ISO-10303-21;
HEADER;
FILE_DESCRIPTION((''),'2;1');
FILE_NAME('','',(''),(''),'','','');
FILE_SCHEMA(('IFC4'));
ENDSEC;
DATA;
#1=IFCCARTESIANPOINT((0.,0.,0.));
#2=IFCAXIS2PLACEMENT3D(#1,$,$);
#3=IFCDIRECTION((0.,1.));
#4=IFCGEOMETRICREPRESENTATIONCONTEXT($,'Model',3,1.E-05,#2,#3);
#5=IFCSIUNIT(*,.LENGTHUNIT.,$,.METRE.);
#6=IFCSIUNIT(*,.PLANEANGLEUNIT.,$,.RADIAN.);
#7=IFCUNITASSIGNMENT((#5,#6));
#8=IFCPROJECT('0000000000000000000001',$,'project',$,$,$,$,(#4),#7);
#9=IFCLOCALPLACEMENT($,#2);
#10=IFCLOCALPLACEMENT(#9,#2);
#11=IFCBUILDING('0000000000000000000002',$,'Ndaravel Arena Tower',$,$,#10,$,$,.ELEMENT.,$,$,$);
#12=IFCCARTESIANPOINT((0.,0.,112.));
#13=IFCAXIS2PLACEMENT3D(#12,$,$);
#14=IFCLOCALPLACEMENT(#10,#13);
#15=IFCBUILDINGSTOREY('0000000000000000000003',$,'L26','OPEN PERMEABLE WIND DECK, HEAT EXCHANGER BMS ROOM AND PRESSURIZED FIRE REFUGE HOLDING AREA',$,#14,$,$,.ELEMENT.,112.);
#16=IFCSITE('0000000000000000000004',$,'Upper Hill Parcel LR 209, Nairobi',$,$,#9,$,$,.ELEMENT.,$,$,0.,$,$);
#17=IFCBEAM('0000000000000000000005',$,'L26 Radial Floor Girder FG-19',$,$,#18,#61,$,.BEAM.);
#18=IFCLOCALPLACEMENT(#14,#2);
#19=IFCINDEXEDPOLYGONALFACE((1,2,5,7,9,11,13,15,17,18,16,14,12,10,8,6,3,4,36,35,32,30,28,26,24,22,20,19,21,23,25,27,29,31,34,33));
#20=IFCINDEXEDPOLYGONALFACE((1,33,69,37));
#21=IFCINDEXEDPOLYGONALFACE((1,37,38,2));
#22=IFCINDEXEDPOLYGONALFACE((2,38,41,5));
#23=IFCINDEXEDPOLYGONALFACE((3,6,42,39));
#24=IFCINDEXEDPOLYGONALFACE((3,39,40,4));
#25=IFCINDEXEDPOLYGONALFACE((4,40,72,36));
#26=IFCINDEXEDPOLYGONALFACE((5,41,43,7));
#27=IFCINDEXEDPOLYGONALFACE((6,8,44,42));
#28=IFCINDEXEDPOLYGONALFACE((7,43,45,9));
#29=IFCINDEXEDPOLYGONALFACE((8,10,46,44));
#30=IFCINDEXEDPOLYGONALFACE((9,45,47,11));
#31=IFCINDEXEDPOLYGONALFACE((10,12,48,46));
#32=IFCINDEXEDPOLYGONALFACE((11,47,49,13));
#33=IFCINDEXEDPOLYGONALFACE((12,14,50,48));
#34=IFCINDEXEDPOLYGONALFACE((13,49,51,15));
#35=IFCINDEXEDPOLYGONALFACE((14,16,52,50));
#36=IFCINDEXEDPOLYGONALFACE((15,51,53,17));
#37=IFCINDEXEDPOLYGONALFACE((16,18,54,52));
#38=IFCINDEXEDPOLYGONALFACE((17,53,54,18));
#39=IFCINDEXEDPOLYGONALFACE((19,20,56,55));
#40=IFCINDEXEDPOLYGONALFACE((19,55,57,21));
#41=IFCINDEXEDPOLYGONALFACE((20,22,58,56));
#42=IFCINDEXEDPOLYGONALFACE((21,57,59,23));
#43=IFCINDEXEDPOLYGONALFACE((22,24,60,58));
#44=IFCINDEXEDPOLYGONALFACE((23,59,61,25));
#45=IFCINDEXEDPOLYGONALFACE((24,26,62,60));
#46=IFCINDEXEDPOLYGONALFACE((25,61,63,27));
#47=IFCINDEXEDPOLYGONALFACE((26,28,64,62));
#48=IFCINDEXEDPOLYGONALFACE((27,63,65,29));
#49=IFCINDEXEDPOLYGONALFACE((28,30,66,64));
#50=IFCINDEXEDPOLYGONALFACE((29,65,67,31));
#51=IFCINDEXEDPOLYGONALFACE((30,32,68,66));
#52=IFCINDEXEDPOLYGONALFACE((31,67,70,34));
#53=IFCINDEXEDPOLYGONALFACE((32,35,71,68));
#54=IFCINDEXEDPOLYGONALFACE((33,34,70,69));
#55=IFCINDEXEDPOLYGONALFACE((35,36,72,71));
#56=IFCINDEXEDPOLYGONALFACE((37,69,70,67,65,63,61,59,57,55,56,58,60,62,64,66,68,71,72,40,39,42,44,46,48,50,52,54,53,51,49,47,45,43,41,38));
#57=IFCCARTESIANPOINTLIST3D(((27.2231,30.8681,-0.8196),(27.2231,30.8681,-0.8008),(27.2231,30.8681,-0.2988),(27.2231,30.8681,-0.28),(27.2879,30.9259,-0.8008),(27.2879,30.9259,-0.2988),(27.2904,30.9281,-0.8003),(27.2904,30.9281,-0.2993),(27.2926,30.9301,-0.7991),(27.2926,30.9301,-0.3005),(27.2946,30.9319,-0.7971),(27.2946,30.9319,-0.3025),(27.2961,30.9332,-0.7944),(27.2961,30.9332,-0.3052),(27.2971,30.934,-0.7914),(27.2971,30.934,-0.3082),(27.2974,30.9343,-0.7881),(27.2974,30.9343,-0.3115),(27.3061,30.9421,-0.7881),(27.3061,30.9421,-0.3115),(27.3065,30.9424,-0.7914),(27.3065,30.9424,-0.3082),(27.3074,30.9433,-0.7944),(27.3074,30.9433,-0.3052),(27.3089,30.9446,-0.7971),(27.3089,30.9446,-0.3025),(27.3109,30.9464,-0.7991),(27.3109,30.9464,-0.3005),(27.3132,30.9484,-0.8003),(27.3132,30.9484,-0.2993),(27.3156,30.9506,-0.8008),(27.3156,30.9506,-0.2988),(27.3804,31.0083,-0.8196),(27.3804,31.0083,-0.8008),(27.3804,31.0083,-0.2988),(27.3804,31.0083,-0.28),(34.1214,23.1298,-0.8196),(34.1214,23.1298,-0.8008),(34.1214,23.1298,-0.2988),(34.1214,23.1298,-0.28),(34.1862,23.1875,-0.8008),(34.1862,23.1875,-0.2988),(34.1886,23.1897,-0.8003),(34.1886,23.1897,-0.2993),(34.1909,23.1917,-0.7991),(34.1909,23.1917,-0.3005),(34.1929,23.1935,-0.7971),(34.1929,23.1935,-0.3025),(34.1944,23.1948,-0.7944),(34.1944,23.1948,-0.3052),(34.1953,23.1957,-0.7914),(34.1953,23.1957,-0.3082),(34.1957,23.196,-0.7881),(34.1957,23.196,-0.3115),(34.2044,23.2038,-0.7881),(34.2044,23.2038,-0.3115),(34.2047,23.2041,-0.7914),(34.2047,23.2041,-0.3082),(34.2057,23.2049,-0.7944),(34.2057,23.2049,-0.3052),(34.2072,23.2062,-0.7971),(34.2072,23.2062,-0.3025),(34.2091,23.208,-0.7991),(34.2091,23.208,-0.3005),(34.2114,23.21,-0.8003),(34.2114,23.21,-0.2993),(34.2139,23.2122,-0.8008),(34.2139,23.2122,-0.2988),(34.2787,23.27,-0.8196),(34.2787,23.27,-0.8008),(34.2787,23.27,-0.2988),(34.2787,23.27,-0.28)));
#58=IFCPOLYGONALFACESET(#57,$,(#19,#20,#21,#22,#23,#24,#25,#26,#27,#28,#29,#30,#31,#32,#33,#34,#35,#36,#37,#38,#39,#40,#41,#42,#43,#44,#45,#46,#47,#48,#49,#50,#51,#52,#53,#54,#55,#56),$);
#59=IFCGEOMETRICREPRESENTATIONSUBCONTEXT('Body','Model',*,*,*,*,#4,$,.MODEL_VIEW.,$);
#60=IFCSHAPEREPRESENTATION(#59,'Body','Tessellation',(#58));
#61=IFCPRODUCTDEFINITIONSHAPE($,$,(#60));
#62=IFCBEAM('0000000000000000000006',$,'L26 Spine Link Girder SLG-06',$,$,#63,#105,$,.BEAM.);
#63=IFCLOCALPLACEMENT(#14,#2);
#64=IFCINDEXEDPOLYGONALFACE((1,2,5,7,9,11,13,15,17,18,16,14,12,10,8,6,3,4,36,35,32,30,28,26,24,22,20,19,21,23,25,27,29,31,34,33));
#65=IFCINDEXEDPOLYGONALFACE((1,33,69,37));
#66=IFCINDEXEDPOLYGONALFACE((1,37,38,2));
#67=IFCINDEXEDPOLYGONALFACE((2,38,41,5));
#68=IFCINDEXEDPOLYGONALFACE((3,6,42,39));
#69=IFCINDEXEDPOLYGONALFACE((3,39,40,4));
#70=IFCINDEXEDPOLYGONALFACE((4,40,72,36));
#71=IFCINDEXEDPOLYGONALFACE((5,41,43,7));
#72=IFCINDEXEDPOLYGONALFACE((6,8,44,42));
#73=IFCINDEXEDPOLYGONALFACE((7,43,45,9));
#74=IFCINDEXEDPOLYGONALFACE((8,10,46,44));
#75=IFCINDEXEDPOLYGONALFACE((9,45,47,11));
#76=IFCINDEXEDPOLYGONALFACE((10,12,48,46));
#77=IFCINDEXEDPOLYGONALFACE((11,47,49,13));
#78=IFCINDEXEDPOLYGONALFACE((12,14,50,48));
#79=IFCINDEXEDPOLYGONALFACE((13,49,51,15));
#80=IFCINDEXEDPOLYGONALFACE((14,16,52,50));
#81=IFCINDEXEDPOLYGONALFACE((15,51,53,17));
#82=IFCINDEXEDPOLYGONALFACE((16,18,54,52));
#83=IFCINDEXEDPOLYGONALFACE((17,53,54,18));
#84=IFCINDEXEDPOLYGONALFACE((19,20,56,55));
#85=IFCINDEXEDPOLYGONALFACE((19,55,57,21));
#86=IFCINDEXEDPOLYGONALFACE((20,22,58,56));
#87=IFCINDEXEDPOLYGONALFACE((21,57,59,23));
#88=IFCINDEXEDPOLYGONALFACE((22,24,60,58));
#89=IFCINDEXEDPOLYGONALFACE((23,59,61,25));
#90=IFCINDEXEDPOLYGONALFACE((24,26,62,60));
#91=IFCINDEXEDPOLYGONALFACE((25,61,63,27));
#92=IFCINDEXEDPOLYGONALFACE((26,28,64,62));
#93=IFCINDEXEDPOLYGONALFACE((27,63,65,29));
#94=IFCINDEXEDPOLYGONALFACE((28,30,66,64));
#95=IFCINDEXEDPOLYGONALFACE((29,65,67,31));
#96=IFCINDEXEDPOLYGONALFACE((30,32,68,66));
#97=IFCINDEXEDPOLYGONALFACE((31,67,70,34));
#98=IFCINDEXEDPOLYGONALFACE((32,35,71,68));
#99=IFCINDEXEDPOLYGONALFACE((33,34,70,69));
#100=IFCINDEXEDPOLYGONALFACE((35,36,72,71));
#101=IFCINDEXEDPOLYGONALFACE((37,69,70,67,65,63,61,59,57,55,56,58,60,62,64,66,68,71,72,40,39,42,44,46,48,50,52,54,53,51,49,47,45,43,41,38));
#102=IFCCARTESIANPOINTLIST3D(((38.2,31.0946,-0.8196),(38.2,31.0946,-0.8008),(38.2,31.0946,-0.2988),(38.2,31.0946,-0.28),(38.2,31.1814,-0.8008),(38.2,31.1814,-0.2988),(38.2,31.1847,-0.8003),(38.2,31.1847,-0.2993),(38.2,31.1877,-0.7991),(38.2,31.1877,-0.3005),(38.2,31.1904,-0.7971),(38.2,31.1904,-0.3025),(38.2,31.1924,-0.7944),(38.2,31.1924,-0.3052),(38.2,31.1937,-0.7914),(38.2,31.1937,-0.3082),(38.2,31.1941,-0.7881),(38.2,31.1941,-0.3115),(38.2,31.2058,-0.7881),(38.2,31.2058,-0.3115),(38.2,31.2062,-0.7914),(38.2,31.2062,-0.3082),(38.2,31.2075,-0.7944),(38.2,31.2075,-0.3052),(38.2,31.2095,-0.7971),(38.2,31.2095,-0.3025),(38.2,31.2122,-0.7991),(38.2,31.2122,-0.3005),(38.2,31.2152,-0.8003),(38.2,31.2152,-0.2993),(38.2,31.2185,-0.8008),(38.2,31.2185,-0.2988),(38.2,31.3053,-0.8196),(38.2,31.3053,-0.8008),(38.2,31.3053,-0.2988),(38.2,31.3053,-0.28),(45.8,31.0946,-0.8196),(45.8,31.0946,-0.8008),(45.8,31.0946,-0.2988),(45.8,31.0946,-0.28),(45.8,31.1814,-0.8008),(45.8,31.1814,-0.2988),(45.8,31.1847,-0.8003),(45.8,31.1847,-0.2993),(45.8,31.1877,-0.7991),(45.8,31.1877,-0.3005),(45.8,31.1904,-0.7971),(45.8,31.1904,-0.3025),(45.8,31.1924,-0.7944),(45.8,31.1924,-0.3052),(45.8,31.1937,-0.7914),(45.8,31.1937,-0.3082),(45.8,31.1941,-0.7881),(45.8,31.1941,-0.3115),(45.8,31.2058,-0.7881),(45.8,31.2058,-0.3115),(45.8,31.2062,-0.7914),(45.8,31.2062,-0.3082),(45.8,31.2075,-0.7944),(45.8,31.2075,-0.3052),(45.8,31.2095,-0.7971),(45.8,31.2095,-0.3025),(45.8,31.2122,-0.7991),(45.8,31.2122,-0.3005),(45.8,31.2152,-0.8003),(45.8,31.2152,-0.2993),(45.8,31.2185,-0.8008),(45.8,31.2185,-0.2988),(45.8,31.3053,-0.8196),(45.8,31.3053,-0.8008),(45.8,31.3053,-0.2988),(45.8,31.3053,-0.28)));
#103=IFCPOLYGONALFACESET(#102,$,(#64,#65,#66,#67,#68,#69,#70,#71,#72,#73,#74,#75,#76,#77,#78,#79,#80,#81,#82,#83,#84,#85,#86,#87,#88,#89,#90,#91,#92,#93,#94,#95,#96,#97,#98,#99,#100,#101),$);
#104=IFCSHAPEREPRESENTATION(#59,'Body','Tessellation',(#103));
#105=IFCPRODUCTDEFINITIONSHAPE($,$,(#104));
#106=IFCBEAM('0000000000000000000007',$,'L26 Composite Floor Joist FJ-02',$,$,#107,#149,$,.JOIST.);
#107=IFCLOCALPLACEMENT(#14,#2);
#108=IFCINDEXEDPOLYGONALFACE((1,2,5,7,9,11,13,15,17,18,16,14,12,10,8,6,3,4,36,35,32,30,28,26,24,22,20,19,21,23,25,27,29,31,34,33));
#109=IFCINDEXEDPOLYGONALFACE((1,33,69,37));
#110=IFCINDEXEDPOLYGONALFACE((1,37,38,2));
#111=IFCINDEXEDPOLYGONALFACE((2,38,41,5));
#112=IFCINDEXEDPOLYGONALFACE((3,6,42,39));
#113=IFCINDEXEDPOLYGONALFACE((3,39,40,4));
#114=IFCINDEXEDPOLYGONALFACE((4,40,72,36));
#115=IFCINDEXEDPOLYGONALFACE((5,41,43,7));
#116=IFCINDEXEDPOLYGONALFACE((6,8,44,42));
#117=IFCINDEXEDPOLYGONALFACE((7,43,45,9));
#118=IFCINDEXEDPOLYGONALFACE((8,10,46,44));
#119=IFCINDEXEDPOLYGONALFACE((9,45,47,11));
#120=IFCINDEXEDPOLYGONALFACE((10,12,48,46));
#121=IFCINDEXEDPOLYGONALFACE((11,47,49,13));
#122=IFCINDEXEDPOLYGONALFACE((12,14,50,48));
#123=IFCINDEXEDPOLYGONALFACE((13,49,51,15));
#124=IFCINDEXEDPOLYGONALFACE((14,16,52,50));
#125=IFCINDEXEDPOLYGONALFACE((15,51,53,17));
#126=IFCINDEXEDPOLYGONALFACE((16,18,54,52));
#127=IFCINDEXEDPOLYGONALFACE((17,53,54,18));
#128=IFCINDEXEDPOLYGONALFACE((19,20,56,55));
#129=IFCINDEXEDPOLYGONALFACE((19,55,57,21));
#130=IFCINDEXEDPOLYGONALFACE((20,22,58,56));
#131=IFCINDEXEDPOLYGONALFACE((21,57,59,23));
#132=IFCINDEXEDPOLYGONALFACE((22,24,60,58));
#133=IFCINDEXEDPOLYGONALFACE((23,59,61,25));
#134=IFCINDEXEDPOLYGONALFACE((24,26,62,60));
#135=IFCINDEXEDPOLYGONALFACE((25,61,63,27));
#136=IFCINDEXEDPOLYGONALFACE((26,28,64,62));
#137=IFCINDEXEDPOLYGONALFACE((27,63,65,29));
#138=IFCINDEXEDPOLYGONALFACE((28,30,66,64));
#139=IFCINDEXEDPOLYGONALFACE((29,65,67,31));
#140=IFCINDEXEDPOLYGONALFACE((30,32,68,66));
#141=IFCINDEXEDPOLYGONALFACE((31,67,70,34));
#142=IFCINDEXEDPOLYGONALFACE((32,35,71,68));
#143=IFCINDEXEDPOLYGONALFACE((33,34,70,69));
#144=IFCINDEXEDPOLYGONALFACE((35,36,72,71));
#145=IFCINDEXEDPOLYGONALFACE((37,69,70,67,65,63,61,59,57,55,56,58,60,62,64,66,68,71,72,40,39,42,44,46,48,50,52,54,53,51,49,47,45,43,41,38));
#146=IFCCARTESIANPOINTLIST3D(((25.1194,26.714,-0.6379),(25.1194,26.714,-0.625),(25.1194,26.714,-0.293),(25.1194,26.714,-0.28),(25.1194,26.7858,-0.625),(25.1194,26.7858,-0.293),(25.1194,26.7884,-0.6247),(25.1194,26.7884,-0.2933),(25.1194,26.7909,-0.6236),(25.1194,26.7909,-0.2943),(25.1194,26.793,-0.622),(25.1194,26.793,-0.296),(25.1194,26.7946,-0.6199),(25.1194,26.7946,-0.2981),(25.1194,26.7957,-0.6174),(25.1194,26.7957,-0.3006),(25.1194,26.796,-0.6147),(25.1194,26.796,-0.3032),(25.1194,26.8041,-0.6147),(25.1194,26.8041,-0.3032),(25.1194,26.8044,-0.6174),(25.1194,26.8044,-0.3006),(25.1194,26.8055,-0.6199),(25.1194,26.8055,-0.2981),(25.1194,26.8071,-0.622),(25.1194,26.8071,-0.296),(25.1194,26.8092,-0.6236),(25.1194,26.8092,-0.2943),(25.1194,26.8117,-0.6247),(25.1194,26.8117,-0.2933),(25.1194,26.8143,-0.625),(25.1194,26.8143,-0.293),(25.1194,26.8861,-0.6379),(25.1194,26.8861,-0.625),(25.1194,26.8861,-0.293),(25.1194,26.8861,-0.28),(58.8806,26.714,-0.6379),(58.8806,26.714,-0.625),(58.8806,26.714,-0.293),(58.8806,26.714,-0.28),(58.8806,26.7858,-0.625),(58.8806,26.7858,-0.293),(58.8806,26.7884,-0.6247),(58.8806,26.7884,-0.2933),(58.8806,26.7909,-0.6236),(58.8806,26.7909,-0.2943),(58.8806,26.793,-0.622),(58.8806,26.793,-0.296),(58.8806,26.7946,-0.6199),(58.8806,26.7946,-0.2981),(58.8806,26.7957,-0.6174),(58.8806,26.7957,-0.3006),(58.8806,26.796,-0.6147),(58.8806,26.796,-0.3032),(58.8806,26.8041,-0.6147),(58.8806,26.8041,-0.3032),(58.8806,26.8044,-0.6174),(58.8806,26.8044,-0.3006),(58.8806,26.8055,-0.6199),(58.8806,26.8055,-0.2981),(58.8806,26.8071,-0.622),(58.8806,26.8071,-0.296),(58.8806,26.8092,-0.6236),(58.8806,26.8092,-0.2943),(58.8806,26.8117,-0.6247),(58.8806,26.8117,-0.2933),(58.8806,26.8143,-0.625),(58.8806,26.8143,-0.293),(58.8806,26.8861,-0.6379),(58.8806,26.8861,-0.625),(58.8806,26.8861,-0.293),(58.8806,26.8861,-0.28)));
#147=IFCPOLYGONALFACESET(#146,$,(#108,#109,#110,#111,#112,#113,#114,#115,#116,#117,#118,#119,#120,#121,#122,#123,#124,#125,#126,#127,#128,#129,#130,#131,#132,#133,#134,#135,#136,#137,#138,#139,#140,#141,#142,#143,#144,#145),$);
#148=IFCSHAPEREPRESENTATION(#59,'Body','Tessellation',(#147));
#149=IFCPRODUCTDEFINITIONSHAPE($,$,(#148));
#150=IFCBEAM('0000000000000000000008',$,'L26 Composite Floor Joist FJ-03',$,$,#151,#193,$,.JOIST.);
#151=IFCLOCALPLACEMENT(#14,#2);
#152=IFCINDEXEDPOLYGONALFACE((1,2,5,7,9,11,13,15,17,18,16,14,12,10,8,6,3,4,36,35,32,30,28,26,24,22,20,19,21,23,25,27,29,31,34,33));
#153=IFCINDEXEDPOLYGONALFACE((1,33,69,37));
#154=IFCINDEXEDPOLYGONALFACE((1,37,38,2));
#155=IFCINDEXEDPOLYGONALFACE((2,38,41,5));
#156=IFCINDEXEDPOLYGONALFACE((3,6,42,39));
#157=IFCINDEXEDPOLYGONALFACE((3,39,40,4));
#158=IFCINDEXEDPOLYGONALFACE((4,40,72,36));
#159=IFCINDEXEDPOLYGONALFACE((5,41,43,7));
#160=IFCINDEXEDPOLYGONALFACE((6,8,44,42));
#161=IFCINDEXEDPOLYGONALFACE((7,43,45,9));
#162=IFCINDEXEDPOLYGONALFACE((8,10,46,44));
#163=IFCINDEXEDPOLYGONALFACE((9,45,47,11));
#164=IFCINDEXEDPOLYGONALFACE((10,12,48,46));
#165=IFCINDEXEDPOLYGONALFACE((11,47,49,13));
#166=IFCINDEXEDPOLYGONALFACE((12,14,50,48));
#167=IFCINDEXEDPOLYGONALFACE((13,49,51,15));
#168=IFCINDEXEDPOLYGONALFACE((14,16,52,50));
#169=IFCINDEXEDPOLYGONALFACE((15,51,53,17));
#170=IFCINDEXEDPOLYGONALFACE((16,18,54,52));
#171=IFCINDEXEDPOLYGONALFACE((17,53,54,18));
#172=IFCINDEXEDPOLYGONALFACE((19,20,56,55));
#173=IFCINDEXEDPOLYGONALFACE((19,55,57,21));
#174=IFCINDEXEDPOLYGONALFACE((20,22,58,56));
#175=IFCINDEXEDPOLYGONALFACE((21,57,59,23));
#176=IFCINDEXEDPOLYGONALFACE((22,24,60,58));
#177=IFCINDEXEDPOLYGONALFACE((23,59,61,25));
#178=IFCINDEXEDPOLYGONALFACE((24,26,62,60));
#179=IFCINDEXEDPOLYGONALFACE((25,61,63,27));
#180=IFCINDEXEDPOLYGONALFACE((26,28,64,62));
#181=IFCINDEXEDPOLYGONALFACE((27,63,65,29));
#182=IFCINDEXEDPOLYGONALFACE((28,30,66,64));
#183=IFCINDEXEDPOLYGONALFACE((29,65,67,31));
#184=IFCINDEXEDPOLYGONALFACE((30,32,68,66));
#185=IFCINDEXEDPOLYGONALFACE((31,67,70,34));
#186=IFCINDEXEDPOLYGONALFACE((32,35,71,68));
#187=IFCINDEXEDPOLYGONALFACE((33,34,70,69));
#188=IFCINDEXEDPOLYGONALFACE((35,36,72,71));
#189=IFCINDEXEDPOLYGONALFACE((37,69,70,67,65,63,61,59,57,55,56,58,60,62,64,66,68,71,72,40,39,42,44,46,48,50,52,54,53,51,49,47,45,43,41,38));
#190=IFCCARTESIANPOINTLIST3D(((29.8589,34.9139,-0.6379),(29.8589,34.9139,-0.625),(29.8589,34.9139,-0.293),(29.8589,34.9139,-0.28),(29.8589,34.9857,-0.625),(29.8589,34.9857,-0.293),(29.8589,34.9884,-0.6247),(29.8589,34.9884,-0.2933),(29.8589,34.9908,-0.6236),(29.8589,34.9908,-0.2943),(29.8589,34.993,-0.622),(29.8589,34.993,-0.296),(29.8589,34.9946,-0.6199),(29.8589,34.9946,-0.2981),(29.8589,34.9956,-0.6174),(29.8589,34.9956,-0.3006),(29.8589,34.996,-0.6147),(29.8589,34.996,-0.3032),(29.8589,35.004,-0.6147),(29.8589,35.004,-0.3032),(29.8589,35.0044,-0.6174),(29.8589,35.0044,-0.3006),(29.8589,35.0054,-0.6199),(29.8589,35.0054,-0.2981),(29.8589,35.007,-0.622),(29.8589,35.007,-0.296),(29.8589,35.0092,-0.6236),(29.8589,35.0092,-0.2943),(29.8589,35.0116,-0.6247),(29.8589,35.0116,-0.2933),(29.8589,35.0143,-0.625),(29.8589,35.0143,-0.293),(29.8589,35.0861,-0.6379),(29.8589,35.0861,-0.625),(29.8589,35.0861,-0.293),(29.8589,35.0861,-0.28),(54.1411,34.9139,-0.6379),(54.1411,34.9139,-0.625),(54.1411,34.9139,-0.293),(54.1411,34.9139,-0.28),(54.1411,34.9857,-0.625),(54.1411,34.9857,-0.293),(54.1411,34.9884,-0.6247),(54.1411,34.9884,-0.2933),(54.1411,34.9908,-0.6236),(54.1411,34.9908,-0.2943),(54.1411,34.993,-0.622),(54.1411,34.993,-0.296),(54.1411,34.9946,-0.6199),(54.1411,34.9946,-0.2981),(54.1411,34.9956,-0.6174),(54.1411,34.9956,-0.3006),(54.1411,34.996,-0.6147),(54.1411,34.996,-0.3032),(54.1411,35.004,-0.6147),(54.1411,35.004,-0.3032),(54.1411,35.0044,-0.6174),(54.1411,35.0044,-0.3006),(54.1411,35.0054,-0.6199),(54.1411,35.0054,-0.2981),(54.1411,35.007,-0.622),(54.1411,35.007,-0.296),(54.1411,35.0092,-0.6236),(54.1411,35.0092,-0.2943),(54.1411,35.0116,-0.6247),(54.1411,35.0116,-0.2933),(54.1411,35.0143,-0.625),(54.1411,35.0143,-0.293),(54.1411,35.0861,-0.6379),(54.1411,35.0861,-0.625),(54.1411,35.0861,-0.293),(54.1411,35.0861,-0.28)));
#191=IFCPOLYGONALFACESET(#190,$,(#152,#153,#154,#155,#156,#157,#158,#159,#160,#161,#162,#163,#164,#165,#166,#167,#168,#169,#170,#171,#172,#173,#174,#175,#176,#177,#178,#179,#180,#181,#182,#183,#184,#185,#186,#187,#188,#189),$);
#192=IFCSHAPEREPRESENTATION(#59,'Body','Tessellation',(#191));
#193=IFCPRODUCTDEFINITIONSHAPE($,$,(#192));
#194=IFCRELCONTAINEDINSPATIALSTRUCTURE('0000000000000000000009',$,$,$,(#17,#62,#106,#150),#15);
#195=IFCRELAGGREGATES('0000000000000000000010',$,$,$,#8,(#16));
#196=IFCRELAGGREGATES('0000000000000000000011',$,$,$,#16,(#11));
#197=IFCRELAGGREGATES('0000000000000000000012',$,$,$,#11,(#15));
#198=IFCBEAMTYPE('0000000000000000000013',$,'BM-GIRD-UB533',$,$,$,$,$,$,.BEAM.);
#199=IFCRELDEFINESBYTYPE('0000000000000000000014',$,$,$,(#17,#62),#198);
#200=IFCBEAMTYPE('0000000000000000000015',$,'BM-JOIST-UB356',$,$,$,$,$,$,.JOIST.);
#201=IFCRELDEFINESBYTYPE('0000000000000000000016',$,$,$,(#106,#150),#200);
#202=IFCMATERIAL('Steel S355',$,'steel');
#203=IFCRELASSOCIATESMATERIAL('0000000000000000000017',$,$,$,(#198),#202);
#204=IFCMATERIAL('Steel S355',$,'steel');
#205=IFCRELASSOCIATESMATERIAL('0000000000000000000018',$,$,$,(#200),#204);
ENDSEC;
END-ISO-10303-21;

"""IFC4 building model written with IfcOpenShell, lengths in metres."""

from ifc_helpers import new_model, si_unit, direction, frame, origin, origin_2d, place, context, subcontext, project, spatial, i_section, extrude, material, material_profile, profile_set, type_object, element, save


model = new_model("IFC4")

# Units and contexts
model_context = context("Model", 3, precision=1e-05, world=origin(), true_north=direction((0.0, 1.0)))
body_context = subcontext(model_context, "Body", "Model", "MODEL_VIEW")
ifc_project = project(units=[si_unit("LENGTHUNIT", "METRE"), si_unit("PLANEANGLEUNIT", "RADIAN")], contexts=[model_context])

# Site, building, storey
site_placement = place(None, origin())
site = spatial("IfcSite", under=ifc_project, at=site_placement, Name="Upper Hill Parcel LR 209, Nairobi", CompositionType="ELEMENT", RefElevation=0.0)
building_placement = place(site_placement, origin())
building = spatial("IfcBuilding", under=site, at=building_placement, Name="Ndaravel Arena Tower", CompositionType="ELEMENT")
storey_placement = place(building_placement, frame((0.0, 0.0, 112.0)))
storey = spatial("IfcBuildingStorey", under=building, at=storey_placement, Name="L26", Description="OPEN PERMEABLE WIND DECK, HEAT EXCHANGER BMS ROOM AND PRESSURIZED FIRE REFUGE HOLDING AREA", CompositionType="ELEMENT", Elevation=112.0)

# Beams
ifc_material_1 = material(Name="Steel S355", Category="steel")
ifc_material_profile_1 = material_profile(ifc_material_1, i_section(OverallWidth=0.2107, OverallDepth=0.5396, WebThickness=0.0117, FlangeThickness=0.0188, FilletRadius=0.0127, at=origin_2d()), Name="UB 533x210x109")
ifc_profile_set_1 = profile_set([ifc_material_profile_1], Name="Steel S355")
beam_type_1 = type_object("IfcBeamType", Name="BM-GIRD-UB533", PredefinedType="BEAM", material=ifc_profile_set_1)
beam_1_placement = place(storey_placement, frame((27.3018, 30.9382, -0.5498), z_axis=(0.665426, -0.746464, 0.0), x_axis=(0.746464, 0.665426, 0.0)))
element("IfcBeam", 1, at=beam_1_placement, inside=storey, type_object=beam_type_1, Name="L26 Radial Floor Girder FG-19", PredefinedType="BEAM", context=body_context, shape_type="SweptSolid", body=[
    extrude(i_section(OverallWidth=0.2107, OverallDepth=0.5396, WebThickness=0.0117, FlangeThickness=0.0188, FilletRadius=0.0127, at=origin_2d()), origin(), (0.0, 0.0, 1.0), 10.3667),
])
beam_2_placement = place(storey_placement, frame((38.2, 31.2, -0.5498), z_axis=(1.0, 0.0, 0.0), x_axis=(0.0, 1.0, 0.0)))
element("IfcBeam", 2, at=beam_2_placement, inside=storey, type_object=beam_type_1, Name="L26 Spine Link Girder SLG-06", PredefinedType="BEAM", context=body_context, shape_type="SweptSolid", body=[
    extrude(i_section(OverallWidth=0.2107, OverallDepth=0.5396, WebThickness=0.0117, FlangeThickness=0.0188, FilletRadius=0.0127, at=origin_2d()), origin(), (0.0, 0.0, 1.0), 7.6001),
])
ifc_material_2 = material(Name="Steel S355", Category="steel")
ifc_material_profile_2 = material_profile(ifc_material_2, i_section(OverallWidth=0.1721, OverallDepth=0.3579, WebThickness=0.0081, FlangeThickness=0.0129, FilletRadius=0.0103, at=origin_2d()), Name="UB 356x171x57")
ifc_profile_set_2 = profile_set([ifc_material_profile_2], Name="Steel S355")
beam_type_2 = type_object("IfcBeamType", Name="BM-JOIST-UB356", PredefinedType="JOIST", material=ifc_profile_set_2)
beam_3_placement = place(storey_placement, frame((25.1194, 26.8, -0.459), z_axis=(1.0, 0.0, 0.0), x_axis=(0.0, 1.0, 0.0)))
element("IfcBeam", 3, at=beam_3_placement, inside=storey, type_object=beam_type_2, Name="L26 Composite Floor Joist FJ-02", PredefinedType="JOIST", context=body_context, shape_type="SweptSolid", body=[
    extrude(i_section(OverallWidth=0.1721, OverallDepth=0.3579, WebThickness=0.0081, FlangeThickness=0.0129, FilletRadius=0.0103, at=origin_2d()), origin(), (0.0, 0.0, 1.0), 33.7612),
])
beam_4_placement = place(storey_placement, frame((29.8589, 35.0, -0.459), z_axis=(1.0, 0.0, 0.0), x_axis=(0.0, 1.0, 0.0)))
element("IfcBeam", 4, at=beam_4_placement, inside=storey, type_object=beam_type_2, Name="L26 Composite Floor Joist FJ-03", PredefinedType="JOIST", context=body_context, shape_type="SweptSolid", body=[
    extrude(i_section(OverallWidth=0.1721, OverallDepth=0.3579, WebThickness=0.0081, FlangeThickness=0.0129, FilletRadius=0.0103, at=origin_2d()), origin(), (0.0, 0.0, 1.0), 24.2822),
])

save(model, "model.ifc")
